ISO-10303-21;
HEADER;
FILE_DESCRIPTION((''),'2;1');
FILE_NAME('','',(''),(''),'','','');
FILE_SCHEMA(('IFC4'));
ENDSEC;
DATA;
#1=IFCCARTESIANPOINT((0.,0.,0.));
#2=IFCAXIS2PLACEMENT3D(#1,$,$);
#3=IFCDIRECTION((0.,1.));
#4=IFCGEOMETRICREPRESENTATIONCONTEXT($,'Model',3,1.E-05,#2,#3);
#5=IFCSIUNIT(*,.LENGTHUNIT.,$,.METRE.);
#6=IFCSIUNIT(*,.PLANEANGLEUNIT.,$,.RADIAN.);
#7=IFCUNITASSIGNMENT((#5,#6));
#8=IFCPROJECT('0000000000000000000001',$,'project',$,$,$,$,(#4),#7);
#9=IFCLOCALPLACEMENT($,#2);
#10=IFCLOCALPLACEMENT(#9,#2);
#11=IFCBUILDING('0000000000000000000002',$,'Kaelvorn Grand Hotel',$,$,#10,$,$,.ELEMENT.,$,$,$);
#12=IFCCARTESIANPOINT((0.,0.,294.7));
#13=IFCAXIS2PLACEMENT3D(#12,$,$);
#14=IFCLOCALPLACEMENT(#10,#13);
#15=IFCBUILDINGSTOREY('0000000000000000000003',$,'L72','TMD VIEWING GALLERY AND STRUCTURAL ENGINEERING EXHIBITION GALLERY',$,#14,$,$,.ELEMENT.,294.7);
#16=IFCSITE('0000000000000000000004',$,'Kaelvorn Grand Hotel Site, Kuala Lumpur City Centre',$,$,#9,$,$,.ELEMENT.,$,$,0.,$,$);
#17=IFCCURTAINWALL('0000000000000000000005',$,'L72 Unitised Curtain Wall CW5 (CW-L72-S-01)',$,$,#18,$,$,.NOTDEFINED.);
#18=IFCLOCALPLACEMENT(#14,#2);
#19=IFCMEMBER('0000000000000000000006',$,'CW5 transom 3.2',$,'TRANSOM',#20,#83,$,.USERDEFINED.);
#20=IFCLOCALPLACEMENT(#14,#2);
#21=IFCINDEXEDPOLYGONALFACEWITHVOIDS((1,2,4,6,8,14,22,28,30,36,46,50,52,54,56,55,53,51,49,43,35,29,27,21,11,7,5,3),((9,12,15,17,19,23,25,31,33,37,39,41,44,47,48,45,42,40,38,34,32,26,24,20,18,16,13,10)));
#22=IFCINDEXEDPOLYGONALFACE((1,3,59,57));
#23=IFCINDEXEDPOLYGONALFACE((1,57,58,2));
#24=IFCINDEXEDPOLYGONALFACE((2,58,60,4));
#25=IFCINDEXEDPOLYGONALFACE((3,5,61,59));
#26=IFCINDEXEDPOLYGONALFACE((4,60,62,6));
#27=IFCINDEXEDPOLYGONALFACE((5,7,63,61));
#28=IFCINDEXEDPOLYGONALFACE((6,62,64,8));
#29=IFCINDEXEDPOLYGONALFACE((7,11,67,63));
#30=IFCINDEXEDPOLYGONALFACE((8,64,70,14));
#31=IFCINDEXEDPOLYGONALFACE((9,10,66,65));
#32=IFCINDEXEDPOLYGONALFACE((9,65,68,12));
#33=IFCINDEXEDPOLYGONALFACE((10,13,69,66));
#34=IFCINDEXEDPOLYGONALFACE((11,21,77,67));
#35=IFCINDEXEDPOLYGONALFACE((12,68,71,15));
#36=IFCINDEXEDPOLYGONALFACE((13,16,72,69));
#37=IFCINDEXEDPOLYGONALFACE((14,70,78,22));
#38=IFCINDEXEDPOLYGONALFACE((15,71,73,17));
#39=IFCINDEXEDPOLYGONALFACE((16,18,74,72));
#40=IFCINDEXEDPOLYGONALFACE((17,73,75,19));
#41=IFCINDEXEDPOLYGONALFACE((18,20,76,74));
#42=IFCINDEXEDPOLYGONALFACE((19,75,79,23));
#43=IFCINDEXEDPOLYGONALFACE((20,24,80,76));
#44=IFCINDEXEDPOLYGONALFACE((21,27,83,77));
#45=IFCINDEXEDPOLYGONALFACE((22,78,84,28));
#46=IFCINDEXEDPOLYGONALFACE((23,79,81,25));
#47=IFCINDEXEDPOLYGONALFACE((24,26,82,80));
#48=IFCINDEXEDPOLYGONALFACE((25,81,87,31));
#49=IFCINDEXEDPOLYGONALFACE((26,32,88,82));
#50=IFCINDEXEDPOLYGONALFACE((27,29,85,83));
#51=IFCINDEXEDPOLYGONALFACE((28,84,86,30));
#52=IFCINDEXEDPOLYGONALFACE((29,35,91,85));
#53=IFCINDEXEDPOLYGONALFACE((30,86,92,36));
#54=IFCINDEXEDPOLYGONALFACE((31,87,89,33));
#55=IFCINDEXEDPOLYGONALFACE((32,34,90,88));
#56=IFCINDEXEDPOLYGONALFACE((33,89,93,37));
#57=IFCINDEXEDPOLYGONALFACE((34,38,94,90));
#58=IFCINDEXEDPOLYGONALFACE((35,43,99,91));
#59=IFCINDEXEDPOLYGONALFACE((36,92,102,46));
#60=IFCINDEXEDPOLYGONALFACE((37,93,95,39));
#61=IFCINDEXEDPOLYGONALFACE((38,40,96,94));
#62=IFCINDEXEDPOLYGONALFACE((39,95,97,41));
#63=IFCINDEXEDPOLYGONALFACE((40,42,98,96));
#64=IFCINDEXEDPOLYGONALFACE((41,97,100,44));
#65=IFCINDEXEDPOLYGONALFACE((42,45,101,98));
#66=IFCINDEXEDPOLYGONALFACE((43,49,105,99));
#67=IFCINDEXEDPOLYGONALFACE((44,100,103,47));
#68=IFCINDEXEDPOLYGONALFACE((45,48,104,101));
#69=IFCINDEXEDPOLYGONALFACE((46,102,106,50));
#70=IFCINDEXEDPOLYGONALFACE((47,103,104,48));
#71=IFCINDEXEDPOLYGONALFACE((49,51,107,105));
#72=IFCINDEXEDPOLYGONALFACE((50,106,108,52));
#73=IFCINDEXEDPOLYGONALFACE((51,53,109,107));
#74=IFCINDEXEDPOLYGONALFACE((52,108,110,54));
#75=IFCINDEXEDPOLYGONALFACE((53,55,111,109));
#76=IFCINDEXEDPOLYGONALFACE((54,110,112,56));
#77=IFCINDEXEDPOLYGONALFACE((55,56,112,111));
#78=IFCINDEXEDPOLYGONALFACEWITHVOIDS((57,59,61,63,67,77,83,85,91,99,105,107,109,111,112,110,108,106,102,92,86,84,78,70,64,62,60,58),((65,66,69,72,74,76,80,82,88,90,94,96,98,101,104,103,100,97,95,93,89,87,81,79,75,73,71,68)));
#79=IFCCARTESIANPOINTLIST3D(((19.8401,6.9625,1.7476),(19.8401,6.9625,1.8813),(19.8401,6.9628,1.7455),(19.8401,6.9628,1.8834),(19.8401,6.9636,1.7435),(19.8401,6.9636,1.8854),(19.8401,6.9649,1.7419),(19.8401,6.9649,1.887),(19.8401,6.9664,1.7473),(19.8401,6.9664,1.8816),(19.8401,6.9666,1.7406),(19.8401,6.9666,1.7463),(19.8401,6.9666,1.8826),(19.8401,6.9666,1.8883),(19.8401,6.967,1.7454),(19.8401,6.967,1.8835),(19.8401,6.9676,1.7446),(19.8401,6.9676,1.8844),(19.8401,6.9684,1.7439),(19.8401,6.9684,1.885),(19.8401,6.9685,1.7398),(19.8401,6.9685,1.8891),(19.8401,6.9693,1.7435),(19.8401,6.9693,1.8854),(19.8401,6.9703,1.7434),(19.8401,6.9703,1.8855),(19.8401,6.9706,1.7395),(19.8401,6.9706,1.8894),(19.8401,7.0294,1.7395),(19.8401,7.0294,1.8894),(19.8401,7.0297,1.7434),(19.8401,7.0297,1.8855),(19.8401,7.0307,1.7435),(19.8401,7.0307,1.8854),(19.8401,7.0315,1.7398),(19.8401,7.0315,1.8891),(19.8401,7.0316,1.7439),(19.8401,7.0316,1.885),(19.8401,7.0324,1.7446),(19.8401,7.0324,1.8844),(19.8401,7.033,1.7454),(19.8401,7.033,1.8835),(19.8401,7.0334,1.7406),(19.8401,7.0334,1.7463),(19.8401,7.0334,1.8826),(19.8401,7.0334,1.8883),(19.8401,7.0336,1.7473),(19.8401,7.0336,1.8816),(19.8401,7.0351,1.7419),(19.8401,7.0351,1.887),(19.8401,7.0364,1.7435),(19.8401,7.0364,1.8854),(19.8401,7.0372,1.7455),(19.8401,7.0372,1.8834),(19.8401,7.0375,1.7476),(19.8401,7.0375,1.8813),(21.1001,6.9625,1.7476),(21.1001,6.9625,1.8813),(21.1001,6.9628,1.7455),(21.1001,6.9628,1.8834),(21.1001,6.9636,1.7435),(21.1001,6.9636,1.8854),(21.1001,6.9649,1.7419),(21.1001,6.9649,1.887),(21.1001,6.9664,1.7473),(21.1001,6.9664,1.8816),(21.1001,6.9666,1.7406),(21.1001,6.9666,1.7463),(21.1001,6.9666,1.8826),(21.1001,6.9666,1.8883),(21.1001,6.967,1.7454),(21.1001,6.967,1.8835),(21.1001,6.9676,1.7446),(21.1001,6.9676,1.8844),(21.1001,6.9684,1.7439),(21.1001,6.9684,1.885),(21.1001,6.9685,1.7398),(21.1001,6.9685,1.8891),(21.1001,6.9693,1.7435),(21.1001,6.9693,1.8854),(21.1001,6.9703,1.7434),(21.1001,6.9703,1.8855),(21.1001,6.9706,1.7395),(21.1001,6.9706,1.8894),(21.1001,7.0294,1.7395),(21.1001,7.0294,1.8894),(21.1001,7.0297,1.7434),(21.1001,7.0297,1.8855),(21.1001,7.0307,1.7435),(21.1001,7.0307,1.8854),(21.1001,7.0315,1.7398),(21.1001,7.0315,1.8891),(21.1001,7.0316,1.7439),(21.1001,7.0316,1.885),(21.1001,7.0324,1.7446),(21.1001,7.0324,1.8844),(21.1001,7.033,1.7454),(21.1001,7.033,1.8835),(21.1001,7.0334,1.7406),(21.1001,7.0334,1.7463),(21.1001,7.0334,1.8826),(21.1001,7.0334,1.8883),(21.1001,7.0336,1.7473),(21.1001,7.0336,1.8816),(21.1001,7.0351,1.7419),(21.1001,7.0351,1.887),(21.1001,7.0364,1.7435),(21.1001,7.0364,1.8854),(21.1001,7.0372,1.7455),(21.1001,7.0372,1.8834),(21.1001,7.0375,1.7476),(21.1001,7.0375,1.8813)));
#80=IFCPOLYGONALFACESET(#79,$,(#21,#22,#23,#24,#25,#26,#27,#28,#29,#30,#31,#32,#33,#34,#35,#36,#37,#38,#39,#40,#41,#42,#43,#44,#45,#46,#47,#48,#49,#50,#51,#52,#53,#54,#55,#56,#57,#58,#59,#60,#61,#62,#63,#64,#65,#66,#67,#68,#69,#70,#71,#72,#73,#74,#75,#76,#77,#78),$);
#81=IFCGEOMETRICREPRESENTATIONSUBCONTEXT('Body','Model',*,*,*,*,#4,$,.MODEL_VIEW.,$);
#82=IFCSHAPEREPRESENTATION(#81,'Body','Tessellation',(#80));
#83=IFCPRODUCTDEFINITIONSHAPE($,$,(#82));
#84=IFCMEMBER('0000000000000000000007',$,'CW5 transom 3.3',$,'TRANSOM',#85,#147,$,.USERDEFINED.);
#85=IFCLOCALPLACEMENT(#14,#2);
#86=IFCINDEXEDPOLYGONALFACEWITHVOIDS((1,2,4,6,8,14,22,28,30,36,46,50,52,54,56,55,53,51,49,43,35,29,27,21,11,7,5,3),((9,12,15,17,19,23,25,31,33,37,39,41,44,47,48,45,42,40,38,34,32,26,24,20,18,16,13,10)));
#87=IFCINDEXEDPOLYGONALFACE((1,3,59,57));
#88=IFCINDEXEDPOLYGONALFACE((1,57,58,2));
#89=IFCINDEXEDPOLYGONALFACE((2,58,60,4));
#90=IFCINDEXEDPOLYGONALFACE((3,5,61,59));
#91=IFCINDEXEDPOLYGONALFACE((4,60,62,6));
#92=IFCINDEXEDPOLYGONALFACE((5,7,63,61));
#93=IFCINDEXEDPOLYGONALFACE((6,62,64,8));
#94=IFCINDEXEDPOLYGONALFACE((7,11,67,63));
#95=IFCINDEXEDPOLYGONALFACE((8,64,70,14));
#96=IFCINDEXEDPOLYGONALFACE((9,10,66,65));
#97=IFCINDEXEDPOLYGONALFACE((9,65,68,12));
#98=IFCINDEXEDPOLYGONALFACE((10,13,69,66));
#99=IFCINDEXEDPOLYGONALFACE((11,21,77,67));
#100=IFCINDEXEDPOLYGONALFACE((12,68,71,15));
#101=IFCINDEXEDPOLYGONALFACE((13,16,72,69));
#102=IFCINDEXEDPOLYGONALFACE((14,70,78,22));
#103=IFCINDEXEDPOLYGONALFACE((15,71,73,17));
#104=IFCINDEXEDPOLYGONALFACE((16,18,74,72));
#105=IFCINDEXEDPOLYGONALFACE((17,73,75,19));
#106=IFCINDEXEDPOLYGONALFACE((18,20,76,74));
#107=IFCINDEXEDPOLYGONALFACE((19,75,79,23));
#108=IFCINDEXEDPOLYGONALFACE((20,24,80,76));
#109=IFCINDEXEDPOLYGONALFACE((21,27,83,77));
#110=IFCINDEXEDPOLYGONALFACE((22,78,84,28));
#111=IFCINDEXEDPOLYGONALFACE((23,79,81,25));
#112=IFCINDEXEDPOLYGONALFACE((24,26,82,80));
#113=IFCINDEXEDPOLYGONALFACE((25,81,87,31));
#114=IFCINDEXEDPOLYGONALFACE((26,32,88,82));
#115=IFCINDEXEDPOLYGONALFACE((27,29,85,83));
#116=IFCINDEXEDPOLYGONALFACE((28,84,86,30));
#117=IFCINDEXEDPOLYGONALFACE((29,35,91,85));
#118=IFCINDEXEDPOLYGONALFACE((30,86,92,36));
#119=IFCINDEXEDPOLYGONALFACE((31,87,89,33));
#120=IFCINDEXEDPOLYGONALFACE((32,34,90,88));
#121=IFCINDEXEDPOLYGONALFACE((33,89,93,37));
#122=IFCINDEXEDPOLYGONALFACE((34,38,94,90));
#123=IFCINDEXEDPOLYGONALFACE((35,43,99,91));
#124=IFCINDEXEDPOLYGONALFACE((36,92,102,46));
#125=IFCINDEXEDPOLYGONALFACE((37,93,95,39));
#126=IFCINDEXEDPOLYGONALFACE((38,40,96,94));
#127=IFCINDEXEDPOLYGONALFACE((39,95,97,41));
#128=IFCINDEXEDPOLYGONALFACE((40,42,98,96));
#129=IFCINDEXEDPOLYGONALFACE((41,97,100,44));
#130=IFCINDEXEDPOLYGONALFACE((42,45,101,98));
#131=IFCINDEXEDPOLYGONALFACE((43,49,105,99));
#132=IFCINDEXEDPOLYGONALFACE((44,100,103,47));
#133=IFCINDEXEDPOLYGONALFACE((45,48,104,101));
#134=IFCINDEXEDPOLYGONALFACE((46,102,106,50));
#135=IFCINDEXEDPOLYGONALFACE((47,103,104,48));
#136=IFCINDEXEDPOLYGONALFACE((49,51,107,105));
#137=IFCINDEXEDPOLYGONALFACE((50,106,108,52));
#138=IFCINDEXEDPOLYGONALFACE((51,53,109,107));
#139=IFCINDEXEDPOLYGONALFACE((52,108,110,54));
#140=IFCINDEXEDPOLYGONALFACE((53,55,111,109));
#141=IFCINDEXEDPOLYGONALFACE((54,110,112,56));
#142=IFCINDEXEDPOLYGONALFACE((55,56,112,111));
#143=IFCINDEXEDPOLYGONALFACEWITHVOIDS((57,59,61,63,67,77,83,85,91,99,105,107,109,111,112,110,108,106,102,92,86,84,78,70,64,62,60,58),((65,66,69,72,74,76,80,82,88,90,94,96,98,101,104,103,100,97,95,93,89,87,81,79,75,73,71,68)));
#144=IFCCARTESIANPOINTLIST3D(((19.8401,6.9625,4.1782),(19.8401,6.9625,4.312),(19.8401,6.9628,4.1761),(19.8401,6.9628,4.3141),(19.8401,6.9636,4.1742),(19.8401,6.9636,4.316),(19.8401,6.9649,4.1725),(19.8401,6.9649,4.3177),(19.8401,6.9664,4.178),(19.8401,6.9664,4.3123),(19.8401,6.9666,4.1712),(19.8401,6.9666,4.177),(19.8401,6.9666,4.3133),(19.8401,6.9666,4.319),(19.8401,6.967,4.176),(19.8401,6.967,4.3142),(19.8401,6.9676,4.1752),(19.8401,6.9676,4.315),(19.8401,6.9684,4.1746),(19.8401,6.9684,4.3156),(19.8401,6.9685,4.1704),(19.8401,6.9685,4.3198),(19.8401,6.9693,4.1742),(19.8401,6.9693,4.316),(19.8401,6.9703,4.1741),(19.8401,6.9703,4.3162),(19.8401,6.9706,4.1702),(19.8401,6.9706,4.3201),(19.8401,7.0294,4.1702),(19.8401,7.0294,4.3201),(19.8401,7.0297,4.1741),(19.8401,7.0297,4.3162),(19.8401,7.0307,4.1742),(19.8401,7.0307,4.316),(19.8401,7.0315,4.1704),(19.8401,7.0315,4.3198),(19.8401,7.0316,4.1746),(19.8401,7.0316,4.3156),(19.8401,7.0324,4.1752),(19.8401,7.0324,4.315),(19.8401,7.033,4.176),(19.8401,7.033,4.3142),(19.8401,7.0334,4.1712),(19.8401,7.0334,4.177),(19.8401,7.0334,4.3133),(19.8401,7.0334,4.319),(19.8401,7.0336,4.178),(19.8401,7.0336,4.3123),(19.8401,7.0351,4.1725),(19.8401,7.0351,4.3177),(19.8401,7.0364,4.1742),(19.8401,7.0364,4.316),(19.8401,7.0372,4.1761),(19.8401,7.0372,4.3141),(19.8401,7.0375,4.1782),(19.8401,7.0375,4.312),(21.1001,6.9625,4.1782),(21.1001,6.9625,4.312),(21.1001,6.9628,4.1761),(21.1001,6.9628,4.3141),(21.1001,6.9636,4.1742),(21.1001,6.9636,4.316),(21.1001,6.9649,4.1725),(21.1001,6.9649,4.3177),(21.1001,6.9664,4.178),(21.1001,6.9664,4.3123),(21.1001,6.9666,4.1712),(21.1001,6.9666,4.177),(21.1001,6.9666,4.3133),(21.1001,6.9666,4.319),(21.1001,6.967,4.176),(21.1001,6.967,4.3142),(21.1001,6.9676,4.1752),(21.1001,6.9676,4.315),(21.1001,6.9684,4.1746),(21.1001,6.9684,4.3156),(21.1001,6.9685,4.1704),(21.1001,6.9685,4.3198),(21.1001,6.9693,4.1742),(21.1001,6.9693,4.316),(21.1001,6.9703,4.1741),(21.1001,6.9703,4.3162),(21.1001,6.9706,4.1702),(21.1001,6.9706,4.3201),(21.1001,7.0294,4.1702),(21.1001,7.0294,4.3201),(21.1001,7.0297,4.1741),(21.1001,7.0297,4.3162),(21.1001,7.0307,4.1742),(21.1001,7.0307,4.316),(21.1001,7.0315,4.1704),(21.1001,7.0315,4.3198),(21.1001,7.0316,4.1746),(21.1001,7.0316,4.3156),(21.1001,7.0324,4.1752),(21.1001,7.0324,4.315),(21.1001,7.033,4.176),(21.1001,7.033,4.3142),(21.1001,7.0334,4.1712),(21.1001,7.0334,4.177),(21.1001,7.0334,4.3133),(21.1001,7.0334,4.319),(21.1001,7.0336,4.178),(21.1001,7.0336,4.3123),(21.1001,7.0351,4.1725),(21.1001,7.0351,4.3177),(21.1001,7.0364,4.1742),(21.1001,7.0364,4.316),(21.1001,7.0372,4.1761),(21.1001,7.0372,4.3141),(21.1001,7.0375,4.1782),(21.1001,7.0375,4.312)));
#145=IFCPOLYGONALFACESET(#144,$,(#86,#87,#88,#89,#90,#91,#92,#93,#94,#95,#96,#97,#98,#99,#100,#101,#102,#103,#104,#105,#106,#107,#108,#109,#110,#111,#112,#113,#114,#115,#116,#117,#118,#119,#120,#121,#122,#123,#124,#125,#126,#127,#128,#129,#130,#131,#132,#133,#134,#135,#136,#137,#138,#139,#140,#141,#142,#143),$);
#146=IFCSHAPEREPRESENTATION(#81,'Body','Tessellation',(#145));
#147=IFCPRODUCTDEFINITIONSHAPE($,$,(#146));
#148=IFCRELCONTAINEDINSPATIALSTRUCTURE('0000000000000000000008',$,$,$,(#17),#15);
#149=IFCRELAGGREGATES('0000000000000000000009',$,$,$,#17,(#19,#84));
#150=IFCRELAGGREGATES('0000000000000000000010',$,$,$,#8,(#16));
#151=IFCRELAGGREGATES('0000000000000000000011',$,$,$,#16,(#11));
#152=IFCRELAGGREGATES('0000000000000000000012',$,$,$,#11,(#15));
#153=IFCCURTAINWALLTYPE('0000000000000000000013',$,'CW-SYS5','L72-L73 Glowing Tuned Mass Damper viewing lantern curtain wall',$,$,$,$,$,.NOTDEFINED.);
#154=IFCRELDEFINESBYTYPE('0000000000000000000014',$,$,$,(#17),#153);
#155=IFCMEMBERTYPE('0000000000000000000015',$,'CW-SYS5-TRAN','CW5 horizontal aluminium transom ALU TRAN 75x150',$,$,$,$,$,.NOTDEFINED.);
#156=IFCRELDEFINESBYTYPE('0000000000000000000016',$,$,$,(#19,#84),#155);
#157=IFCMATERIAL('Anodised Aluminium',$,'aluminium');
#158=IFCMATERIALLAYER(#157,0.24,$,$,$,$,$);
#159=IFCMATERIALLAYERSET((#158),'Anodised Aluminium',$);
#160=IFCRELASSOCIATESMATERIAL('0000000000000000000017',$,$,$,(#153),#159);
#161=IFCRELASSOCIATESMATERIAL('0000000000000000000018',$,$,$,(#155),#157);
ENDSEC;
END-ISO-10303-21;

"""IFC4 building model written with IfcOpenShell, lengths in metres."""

from ifc_helpers import new_model, si_unit, direction, frame, origin, origin_2d, place, context, subcontext, project, spatial, hollow_rectangle, extrude, material, layer, layer_set, material_profile, profile_set, type_object, element, aggregate, save


model = new_model("IFC4")

# Units and contexts
model_context = context("Model", 3, precision=1e-05, world=origin(), true_north=direction((0.0, 1.0)))
body_context = subcontext(model_context, "Body", "Model", "MODEL_VIEW")
ifc_project = project(units=[si_unit("LENGTHUNIT", "METRE"), si_unit("PLANEANGLEUNIT", "RADIAN")], contexts=[model_context])

# Site, building, storey
site_placement = place(None, origin())
site = spatial("IfcSite", under=ifc_project, at=site_placement, Name="Kaelvorn Grand Hotel Site, Kuala Lumpur City Centre", CompositionType="ELEMENT", RefElevation=0.0)
building_placement = place(site_placement, origin())
building = spatial("IfcBuilding", under=site, at=building_placement, Name="Kaelvorn Grand Hotel", CompositionType="ELEMENT")
storey_placement = place(building_placement, frame((0.0, 0.0, 294.7)))
storey = spatial("IfcBuildingStorey", under=building, at=storey_placement, Name="L72", Description="TMD VIEWING GALLERY AND STRUCTURAL ENGINEERING EXHIBITION GALLERY", CompositionType="ELEMENT", Elevation=294.7)

# Curtain wall, members
ifc_material_1 = material(Name="Anodised Aluminium", Category="aluminium")
ifc_layer_1 = layer(ifc_material_1, 0.24)
ifc_layer_set_1 = layer_set([ifc_layer_1], Name="Anodised Aluminium")
curtain_wall_type = type_object("IfcCurtainWallType", Name="CW-SYS5", Description="L72-L73 Glowing Tuned Mass Damper viewing lantern curtain wall", PredefinedType="NOTDEFINED", material=ifc_layer_set_1)
curtain_wall_placement = place(storey_placement, origin())
curtain_wall = element("IfcCurtainWall", 1, at=curtain_wall_placement, inside=storey, type_object=curtain_wall_type, Name="L72 Unitised Curtain Wall CW5 (CW-L72-S-01)", PredefinedType="NOTDEFINED")
ifc_material_profile_1 = material_profile(ifc_material_1, hollow_rectangle(XDim=0.075, YDim=0.1499, WallThickness=0.0039, InnerFilletRadius=0.0039, OuterFilletRadius=0.0081, at=origin_2d()), Name="ALU TRAN 75x150")
ifc_profile_set_1 = profile_set([ifc_material_profile_1], Name="Anodised Aluminium")
member_type_1 = type_object("IfcMemberType", Name="CW-SYS5-TRAN", Description="CW5 horizontal aluminium transom ALU TRAN 75x150", PredefinedType="NOTDEFINED", material=ifc_profile_set_1)
member_1_placement = place(storey_placement, frame((19.8401, 7.0, 1.8145), z_axis=(1.0, 0.0, 0.0), x_axis=(0.0, 1.0, 0.0)))
member_1 = element("IfcMember", 2, at=member_1_placement, type_object=member_type_1, Name="CW5 transom 3.2", ObjectType="TRANSOM", PredefinedType="USERDEFINED", context=body_context, shape_type="SweptSolid", body=[
    extrude(hollow_rectangle(XDim=0.075, YDim=0.1499, WallThickness=0.0039, InnerFilletRadius=0.0039, OuterFilletRadius=0.0081, at=origin_2d()), origin(), (0.0, 0.0, 1.0), 1.26),
])
member_2_placement = place(storey_placement, frame((19.8401, 7.0, 4.2451), z_axis=(1.0, 0.0, 0.0), x_axis=(0.0, 1.0, 0.0)))
member_2 = element("IfcMember", 3, at=member_2_placement, type_object=member_type_1, Name="CW5 transom 3.3", ObjectType="TRANSOM", PredefinedType="USERDEFINED", context=body_context, shape_type="SweptSolid", body=[
    extrude(hollow_rectangle(XDim=0.075, YDim=0.1499, WallThickness=0.0039, InnerFilletRadius=0.0039, OuterFilletRadius=0.0081, at=origin_2d()), origin(), (0.0, 0.0, 1.0), 1.26),
])
aggregate(curtain_wall, [member_1, member_2])

save(model, "model.ifc")
